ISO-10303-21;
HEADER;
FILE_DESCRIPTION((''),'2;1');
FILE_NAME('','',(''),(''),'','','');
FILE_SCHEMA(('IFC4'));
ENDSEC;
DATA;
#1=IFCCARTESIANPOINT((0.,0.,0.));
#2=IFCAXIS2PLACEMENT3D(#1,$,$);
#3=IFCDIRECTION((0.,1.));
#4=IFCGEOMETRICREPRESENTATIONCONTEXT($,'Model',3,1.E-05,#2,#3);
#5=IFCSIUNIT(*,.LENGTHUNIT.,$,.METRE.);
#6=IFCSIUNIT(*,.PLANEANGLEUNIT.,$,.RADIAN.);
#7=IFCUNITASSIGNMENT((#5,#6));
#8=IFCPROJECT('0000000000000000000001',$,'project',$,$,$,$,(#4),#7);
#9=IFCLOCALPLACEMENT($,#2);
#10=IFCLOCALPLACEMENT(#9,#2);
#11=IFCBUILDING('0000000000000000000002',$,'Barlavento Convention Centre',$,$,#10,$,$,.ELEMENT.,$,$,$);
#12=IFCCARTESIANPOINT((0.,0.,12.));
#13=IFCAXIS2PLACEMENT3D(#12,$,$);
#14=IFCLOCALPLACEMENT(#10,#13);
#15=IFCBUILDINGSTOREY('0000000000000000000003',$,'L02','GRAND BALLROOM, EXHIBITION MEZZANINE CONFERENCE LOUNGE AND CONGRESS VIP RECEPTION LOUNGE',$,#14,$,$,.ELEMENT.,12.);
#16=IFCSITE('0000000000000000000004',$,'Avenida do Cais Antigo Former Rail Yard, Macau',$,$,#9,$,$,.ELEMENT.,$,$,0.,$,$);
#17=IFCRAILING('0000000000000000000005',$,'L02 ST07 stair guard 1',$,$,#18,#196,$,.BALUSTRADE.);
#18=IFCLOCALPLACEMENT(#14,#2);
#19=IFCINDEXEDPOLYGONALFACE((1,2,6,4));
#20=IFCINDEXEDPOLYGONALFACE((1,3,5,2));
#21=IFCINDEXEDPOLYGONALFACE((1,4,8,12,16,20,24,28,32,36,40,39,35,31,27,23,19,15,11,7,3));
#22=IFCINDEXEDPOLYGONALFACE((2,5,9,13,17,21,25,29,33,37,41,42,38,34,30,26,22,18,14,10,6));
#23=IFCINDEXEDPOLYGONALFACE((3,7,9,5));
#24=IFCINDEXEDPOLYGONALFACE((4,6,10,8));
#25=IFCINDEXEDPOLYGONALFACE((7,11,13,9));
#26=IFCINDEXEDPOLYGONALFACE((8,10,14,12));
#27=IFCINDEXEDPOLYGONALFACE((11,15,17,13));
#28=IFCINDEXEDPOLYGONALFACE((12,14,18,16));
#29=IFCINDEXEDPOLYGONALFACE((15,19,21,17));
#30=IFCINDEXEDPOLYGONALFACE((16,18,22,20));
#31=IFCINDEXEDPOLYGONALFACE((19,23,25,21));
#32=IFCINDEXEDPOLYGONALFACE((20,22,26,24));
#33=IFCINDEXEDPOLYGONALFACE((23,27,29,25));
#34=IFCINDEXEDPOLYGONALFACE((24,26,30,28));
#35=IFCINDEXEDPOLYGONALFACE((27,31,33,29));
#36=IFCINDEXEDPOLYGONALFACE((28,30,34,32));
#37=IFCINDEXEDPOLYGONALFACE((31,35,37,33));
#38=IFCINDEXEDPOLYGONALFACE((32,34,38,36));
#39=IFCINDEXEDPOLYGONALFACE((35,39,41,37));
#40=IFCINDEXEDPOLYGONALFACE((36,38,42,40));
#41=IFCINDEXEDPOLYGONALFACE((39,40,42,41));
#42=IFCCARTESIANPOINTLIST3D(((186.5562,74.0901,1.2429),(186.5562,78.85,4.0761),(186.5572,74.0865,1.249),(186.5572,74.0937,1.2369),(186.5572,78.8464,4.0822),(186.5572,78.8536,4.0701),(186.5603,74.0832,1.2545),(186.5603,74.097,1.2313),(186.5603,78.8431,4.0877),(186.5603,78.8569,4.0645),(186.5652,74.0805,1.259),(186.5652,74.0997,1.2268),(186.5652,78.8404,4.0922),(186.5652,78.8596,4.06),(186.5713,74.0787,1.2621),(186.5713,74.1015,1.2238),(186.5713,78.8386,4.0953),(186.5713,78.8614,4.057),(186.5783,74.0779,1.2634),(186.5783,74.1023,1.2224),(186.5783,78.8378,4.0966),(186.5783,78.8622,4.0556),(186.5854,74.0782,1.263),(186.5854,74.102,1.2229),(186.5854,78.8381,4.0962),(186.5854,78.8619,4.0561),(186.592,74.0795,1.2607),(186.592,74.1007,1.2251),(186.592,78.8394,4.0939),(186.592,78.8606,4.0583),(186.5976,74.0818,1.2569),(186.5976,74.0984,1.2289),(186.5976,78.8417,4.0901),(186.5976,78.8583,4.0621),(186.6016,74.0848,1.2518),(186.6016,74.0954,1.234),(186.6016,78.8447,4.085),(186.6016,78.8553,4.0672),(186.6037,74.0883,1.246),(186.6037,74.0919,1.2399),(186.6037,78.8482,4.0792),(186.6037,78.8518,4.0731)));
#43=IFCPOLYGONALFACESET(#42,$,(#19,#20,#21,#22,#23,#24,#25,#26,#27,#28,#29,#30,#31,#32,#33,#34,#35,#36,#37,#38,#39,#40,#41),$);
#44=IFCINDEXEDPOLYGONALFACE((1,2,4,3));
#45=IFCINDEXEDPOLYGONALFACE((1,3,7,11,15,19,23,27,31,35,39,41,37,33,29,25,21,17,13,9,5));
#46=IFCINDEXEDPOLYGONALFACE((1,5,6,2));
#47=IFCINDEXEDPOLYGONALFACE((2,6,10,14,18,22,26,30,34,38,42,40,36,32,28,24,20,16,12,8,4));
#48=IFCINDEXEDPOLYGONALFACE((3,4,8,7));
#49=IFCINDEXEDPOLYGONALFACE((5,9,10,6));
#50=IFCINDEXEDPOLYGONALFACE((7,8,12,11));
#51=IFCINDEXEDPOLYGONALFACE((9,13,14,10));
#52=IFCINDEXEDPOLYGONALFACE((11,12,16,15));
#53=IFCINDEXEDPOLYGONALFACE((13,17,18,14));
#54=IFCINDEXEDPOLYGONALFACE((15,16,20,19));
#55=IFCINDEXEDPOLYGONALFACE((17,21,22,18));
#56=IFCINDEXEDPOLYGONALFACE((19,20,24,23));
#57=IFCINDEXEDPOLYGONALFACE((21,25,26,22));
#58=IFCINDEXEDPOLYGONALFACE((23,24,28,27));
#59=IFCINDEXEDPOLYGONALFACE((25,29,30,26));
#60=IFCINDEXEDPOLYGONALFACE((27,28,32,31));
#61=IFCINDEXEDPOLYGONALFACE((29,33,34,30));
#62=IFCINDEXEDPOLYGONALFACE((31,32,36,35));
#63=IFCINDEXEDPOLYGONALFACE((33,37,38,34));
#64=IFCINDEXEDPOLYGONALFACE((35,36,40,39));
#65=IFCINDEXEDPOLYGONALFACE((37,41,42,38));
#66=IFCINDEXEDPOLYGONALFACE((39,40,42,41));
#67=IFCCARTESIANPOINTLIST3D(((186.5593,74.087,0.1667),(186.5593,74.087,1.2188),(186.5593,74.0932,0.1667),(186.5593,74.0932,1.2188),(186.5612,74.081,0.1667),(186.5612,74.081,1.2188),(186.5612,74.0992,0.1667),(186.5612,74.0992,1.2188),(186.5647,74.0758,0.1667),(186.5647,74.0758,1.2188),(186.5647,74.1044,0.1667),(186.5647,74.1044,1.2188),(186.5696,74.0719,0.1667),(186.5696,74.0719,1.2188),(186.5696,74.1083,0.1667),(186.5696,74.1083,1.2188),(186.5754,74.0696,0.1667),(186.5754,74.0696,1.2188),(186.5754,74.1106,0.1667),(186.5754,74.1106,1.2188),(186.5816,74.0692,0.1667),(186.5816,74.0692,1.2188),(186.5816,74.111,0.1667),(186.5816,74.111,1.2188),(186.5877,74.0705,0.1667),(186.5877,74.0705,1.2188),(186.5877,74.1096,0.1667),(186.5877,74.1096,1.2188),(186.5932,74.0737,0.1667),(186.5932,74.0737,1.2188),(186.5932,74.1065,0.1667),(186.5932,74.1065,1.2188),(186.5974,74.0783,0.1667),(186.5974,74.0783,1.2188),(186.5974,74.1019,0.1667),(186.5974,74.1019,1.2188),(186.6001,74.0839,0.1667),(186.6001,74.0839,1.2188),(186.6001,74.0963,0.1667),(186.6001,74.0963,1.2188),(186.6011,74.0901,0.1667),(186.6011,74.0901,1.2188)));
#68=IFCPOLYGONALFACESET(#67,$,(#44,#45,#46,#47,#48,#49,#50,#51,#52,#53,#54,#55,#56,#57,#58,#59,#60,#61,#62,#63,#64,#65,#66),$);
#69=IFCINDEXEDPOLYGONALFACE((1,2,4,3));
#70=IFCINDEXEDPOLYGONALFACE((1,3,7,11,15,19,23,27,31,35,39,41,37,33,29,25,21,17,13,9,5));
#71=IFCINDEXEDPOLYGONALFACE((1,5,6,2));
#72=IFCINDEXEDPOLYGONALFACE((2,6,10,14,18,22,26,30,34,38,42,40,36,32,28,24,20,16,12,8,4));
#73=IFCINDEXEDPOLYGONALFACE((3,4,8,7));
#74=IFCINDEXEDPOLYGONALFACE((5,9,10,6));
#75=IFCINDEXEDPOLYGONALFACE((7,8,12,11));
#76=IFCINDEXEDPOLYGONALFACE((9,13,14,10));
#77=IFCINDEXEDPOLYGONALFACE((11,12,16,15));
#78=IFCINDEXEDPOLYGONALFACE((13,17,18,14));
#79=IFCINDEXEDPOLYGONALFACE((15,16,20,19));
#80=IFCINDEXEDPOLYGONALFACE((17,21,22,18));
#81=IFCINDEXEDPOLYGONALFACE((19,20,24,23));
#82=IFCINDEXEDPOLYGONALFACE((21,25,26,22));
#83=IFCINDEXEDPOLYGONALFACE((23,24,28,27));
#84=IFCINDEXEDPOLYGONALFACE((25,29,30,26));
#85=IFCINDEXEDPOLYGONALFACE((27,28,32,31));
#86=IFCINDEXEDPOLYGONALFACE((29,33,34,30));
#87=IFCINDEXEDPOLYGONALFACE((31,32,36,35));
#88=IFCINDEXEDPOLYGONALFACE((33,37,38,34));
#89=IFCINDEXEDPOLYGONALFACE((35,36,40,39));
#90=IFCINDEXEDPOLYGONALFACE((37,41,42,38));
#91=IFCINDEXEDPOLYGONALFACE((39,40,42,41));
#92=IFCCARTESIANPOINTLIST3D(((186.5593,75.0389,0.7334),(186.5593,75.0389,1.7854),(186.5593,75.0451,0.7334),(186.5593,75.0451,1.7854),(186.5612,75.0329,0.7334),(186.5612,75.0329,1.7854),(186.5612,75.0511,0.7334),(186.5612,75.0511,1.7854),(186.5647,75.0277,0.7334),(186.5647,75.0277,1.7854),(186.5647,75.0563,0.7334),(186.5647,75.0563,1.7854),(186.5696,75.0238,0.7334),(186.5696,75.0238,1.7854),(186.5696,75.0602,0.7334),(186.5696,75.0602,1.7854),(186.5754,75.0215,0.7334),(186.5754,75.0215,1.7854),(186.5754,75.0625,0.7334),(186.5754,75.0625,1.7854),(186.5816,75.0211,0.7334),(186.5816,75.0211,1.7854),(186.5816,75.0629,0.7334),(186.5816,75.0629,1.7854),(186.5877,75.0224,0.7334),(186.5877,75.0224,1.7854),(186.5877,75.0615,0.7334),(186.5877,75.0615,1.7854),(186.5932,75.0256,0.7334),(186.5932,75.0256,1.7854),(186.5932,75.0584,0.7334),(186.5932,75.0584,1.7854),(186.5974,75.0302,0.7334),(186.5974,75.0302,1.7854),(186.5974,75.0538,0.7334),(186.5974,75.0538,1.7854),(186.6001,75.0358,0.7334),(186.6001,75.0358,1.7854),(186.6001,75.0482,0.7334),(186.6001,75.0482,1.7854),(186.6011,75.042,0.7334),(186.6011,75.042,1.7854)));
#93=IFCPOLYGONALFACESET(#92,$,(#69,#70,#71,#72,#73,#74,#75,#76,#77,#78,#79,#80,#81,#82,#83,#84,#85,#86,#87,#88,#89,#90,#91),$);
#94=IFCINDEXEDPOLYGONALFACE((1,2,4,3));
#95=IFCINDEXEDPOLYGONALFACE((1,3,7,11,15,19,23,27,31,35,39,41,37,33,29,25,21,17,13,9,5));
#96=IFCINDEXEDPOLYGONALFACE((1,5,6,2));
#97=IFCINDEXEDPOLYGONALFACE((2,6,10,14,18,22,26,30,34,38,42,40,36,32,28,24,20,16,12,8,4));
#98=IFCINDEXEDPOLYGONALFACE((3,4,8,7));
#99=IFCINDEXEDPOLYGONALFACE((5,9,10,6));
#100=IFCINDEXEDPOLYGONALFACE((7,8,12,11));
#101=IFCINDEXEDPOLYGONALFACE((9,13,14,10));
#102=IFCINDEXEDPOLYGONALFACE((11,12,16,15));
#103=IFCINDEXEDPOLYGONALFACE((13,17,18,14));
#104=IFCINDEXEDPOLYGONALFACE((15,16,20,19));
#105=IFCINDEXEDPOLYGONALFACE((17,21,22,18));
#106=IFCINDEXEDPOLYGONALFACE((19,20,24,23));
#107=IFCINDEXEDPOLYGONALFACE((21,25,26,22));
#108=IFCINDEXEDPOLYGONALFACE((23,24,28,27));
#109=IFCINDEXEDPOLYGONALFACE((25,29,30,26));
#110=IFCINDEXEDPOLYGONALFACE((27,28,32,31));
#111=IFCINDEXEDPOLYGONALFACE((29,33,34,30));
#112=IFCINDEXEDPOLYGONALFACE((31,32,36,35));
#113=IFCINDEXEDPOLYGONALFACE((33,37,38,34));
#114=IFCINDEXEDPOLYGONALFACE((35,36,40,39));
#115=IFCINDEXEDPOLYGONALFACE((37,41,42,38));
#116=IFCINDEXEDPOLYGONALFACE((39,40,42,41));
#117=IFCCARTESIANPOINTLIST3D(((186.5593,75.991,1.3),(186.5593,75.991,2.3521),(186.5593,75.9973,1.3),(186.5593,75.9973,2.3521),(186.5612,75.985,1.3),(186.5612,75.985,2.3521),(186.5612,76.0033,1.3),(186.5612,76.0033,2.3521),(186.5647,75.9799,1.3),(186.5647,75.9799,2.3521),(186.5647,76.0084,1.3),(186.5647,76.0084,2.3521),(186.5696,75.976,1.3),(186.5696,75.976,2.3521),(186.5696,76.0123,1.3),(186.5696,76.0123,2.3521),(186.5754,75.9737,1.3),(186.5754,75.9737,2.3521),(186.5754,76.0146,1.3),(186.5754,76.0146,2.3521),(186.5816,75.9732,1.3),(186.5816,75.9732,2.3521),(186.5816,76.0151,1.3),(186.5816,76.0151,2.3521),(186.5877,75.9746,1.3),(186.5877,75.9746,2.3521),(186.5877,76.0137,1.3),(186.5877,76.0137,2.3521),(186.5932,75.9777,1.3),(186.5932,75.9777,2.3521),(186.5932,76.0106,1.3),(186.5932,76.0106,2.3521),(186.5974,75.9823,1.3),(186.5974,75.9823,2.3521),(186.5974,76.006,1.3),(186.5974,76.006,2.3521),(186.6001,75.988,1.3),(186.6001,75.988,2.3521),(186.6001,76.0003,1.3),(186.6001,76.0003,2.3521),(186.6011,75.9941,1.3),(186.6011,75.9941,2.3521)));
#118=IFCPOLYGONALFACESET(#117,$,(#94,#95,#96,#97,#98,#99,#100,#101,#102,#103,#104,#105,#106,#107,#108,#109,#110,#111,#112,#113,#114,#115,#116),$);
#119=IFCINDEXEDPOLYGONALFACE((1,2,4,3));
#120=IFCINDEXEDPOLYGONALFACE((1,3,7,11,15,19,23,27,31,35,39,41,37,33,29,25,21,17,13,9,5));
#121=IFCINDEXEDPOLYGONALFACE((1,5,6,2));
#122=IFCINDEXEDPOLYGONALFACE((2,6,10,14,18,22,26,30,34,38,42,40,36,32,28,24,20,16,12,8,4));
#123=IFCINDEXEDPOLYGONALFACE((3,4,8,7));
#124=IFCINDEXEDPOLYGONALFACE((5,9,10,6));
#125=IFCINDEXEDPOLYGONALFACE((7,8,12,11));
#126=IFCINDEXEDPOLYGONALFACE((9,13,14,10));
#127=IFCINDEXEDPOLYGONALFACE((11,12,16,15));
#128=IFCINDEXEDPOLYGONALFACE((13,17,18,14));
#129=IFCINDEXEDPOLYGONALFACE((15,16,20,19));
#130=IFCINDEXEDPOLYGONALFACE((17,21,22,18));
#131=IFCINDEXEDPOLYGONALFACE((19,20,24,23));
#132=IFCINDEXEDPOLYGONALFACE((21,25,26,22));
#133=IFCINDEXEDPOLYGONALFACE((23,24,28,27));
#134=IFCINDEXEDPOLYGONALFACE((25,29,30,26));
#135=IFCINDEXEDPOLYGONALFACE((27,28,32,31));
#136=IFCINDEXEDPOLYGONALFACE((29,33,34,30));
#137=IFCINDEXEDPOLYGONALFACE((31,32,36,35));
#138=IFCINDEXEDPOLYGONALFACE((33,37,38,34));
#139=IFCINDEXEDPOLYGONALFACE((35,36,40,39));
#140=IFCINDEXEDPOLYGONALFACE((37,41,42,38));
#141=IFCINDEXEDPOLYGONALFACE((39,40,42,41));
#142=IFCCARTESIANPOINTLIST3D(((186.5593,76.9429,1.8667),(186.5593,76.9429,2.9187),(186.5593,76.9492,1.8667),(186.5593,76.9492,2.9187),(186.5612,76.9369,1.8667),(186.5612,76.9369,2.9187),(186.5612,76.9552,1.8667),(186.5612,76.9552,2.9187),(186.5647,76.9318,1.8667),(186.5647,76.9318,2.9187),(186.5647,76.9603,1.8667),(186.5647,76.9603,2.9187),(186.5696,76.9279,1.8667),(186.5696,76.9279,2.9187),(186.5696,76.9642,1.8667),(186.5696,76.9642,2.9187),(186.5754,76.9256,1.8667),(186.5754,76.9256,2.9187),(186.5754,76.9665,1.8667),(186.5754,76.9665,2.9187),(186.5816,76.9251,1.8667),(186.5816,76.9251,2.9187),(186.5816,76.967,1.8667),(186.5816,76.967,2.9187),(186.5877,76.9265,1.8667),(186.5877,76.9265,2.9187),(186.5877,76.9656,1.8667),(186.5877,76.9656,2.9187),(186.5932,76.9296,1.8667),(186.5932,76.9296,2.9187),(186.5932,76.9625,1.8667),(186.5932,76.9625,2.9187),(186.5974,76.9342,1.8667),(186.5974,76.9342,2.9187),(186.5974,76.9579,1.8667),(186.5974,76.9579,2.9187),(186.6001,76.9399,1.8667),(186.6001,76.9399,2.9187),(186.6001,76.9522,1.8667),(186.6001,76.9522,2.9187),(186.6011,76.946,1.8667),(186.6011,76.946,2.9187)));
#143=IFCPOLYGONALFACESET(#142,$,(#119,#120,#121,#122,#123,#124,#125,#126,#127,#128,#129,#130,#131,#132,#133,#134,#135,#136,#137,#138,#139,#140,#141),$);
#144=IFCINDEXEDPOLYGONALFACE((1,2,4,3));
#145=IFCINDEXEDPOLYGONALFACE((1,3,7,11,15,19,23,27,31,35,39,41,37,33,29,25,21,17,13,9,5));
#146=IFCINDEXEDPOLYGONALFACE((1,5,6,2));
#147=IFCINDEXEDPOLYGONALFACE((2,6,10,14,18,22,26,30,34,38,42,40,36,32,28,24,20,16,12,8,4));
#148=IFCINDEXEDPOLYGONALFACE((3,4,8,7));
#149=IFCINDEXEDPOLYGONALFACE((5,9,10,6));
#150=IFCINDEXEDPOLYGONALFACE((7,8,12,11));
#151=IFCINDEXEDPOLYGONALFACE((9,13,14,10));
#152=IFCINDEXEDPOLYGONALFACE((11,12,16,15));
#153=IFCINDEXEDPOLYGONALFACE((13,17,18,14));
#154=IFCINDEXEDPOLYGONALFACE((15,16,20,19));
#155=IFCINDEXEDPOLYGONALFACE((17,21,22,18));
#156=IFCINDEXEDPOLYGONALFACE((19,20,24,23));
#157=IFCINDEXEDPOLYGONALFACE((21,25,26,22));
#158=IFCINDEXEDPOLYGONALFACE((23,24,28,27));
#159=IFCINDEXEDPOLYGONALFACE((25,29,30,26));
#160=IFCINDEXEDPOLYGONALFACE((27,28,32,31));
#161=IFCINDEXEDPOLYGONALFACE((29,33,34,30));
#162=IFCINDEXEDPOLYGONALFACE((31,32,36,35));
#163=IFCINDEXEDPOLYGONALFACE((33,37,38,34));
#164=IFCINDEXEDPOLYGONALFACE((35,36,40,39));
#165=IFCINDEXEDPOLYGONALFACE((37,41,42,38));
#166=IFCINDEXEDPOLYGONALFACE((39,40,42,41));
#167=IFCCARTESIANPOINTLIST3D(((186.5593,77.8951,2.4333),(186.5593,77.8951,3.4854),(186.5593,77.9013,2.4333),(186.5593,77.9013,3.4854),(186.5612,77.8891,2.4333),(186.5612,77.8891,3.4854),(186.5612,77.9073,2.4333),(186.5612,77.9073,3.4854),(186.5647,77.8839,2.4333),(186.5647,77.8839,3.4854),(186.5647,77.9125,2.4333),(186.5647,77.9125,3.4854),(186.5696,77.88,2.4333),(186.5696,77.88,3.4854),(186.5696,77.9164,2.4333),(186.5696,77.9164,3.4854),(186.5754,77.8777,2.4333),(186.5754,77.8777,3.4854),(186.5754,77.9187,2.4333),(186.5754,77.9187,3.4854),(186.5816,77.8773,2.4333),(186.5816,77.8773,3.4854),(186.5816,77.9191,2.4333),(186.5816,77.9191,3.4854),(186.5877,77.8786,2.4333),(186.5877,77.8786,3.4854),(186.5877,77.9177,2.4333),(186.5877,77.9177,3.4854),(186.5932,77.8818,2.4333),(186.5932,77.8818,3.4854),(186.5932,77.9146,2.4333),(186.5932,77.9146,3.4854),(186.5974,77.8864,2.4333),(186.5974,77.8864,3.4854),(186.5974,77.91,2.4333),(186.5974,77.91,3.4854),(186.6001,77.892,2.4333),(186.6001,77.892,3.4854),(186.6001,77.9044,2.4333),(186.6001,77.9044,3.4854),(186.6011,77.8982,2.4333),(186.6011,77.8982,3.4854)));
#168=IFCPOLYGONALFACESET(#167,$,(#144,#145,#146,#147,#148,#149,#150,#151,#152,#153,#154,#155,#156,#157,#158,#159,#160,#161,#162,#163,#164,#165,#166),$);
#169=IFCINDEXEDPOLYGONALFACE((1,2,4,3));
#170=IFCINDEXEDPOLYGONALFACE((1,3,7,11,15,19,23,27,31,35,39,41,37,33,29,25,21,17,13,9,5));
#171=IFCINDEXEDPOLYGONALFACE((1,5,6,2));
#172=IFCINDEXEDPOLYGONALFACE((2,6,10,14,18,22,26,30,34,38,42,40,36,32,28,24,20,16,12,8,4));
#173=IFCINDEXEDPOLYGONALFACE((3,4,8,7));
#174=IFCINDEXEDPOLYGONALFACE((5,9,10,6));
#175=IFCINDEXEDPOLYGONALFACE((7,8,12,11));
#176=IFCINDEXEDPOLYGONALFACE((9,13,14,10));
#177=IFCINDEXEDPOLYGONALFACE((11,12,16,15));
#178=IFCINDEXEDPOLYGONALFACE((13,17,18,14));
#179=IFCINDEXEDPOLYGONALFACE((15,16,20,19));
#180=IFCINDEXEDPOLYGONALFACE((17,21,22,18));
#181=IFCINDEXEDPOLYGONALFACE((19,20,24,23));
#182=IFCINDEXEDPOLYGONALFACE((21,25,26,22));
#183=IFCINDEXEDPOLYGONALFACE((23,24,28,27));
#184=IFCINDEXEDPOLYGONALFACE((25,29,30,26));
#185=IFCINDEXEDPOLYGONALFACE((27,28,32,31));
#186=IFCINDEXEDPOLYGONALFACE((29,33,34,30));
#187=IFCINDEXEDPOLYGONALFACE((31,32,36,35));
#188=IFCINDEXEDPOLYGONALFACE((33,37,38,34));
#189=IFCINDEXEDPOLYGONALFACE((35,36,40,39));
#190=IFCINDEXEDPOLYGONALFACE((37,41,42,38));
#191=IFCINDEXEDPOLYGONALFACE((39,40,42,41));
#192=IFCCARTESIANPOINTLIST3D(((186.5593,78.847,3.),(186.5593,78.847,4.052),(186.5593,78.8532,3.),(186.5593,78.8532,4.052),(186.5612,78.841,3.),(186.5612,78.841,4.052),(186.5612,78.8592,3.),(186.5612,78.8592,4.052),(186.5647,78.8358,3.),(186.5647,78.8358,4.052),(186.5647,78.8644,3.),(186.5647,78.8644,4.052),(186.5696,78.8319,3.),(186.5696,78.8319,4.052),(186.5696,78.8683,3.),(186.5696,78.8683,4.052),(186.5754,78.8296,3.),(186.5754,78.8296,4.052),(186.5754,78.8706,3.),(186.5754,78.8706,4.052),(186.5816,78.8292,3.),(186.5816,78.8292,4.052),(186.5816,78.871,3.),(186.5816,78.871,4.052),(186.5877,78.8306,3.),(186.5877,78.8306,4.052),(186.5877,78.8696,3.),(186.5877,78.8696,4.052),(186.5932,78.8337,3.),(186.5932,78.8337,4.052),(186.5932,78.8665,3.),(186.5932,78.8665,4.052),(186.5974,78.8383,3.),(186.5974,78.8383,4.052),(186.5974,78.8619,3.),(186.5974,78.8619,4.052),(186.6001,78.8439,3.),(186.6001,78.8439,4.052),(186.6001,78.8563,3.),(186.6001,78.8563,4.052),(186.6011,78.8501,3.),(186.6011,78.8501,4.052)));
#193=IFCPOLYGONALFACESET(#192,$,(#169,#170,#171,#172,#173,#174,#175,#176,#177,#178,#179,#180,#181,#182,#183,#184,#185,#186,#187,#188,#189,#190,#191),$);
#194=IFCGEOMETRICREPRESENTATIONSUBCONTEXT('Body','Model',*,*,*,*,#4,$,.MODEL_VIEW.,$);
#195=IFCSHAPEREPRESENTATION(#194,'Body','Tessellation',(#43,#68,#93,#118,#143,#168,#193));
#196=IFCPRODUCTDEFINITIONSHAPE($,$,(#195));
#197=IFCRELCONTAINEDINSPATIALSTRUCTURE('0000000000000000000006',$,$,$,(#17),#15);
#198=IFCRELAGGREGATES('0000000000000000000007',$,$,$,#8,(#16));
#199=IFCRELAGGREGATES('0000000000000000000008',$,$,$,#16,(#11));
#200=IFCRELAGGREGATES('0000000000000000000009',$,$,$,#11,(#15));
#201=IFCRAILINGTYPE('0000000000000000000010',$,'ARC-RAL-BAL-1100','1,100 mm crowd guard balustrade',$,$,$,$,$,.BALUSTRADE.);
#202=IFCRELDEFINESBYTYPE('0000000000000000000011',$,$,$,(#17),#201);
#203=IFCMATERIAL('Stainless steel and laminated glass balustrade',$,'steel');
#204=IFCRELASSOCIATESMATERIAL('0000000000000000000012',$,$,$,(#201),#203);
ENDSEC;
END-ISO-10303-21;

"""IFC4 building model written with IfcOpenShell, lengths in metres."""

from ifc_helpers import new_model, si_unit, direction, frame, origin, origin_2d, place, context, subcontext, project, spatial, circle, extrude, material, type_object, element, save


model = new_model("IFC4")

# Units and contexts
model_context = context("Model", 3, precision=1e-05, world=origin(), true_north=direction((0.0, 1.0)))
body_context = subcontext(model_context, "Body", "Model", "MODEL_VIEW")
ifc_project = project(units=[si_unit("LENGTHUNIT", "METRE"), si_unit("PLANEANGLEUNIT", "RADIAN")], contexts=[model_context])

# Site, building, storey
site_placement = place(None, origin())
site = spatial("IfcSite", under=ifc_project, at=site_placement, Name="Avenida do Cais Antigo Former Rail Yard, Macau", CompositionType="ELEMENT", RefElevation=0.0)
building_placement = place(site_placement, origin())
building = spatial("IfcBuilding", under=site, at=building_placement, Name="Barlavento Convention Centre", CompositionType="ELEMENT")
storey_placement = place(building_placement, frame((0.0, 0.0, 12.0)))
storey = spatial("IfcBuildingStorey", under=building, at=storey_placement, Name="L02", Description="GRAND BALLROOM, EXHIBITION MEZZANINE CONFERENCE LOUNGE AND CONGRESS VIP RECEPTION LOUNGE", CompositionType="ELEMENT", Elevation=12.0)

# Railing
ifc_material_1 = material(Name="Stainless steel and laminated glass balustrade", Category="steel")
railing_type_1 = type_object("IfcRailingType", Name="ARC-RAL-BAL-1100", Description="1,100 mm crowd guard balustrade", PredefinedType="BALUSTRADE", material=ifc_material_1)
railing_1_placement = place(storey_placement, frame((186.5801, 74.0901, 0.1667)))
element("IfcRailing", 1, at=railing_1_placement, inside=storey, type_object=railing_type_1, Name="L02 ST07 stair guard 1", PredefinedType="BALUSTRADE", context=body_context, shape_type="SweptSolid", body=[
    extrude(circle(Radius=0.0239, at=origin_2d()), frame((0.0, 0.0, 1.0762), z_axis=(0.0, 0.8593, 0.511472), x_axis=(-1.0, 0.0, 0.0)), (0.0, 0.0, 1.0), 5.5393),
    extrude(circle(Radius=0.021, at=origin_2d()), origin(), (0.0, 0.0, 1.0), 1.052),
    extrude(circle(Radius=0.021, at=origin_2d()), frame((0.0, 0.9519, 0.5667)), (0.0, 0.0, 1.0), 1.052),
    extrude(circle(Radius=0.021, at=origin_2d()), frame((0.0, 1.9041, 1.1333)), (0.0, 0.0, 1.0), 1.052),
    extrude(circle(Radius=0.021, at=origin_2d()), frame((0.0, 2.856, 1.7)), (0.0, 0.0, 1.0), 1.052),
    extrude(circle(Radius=0.021, at=origin_2d()), frame((0.0, 3.8081, 2.2666)), (0.0, 0.0, 1.0), 1.052),
    extrude(circle(Radius=0.021, at=origin_2d()), frame((0.0, 4.76, 2.8333)), (0.0, 0.0, 1.0), 1.052),
])

save(model, "model.ifc")
